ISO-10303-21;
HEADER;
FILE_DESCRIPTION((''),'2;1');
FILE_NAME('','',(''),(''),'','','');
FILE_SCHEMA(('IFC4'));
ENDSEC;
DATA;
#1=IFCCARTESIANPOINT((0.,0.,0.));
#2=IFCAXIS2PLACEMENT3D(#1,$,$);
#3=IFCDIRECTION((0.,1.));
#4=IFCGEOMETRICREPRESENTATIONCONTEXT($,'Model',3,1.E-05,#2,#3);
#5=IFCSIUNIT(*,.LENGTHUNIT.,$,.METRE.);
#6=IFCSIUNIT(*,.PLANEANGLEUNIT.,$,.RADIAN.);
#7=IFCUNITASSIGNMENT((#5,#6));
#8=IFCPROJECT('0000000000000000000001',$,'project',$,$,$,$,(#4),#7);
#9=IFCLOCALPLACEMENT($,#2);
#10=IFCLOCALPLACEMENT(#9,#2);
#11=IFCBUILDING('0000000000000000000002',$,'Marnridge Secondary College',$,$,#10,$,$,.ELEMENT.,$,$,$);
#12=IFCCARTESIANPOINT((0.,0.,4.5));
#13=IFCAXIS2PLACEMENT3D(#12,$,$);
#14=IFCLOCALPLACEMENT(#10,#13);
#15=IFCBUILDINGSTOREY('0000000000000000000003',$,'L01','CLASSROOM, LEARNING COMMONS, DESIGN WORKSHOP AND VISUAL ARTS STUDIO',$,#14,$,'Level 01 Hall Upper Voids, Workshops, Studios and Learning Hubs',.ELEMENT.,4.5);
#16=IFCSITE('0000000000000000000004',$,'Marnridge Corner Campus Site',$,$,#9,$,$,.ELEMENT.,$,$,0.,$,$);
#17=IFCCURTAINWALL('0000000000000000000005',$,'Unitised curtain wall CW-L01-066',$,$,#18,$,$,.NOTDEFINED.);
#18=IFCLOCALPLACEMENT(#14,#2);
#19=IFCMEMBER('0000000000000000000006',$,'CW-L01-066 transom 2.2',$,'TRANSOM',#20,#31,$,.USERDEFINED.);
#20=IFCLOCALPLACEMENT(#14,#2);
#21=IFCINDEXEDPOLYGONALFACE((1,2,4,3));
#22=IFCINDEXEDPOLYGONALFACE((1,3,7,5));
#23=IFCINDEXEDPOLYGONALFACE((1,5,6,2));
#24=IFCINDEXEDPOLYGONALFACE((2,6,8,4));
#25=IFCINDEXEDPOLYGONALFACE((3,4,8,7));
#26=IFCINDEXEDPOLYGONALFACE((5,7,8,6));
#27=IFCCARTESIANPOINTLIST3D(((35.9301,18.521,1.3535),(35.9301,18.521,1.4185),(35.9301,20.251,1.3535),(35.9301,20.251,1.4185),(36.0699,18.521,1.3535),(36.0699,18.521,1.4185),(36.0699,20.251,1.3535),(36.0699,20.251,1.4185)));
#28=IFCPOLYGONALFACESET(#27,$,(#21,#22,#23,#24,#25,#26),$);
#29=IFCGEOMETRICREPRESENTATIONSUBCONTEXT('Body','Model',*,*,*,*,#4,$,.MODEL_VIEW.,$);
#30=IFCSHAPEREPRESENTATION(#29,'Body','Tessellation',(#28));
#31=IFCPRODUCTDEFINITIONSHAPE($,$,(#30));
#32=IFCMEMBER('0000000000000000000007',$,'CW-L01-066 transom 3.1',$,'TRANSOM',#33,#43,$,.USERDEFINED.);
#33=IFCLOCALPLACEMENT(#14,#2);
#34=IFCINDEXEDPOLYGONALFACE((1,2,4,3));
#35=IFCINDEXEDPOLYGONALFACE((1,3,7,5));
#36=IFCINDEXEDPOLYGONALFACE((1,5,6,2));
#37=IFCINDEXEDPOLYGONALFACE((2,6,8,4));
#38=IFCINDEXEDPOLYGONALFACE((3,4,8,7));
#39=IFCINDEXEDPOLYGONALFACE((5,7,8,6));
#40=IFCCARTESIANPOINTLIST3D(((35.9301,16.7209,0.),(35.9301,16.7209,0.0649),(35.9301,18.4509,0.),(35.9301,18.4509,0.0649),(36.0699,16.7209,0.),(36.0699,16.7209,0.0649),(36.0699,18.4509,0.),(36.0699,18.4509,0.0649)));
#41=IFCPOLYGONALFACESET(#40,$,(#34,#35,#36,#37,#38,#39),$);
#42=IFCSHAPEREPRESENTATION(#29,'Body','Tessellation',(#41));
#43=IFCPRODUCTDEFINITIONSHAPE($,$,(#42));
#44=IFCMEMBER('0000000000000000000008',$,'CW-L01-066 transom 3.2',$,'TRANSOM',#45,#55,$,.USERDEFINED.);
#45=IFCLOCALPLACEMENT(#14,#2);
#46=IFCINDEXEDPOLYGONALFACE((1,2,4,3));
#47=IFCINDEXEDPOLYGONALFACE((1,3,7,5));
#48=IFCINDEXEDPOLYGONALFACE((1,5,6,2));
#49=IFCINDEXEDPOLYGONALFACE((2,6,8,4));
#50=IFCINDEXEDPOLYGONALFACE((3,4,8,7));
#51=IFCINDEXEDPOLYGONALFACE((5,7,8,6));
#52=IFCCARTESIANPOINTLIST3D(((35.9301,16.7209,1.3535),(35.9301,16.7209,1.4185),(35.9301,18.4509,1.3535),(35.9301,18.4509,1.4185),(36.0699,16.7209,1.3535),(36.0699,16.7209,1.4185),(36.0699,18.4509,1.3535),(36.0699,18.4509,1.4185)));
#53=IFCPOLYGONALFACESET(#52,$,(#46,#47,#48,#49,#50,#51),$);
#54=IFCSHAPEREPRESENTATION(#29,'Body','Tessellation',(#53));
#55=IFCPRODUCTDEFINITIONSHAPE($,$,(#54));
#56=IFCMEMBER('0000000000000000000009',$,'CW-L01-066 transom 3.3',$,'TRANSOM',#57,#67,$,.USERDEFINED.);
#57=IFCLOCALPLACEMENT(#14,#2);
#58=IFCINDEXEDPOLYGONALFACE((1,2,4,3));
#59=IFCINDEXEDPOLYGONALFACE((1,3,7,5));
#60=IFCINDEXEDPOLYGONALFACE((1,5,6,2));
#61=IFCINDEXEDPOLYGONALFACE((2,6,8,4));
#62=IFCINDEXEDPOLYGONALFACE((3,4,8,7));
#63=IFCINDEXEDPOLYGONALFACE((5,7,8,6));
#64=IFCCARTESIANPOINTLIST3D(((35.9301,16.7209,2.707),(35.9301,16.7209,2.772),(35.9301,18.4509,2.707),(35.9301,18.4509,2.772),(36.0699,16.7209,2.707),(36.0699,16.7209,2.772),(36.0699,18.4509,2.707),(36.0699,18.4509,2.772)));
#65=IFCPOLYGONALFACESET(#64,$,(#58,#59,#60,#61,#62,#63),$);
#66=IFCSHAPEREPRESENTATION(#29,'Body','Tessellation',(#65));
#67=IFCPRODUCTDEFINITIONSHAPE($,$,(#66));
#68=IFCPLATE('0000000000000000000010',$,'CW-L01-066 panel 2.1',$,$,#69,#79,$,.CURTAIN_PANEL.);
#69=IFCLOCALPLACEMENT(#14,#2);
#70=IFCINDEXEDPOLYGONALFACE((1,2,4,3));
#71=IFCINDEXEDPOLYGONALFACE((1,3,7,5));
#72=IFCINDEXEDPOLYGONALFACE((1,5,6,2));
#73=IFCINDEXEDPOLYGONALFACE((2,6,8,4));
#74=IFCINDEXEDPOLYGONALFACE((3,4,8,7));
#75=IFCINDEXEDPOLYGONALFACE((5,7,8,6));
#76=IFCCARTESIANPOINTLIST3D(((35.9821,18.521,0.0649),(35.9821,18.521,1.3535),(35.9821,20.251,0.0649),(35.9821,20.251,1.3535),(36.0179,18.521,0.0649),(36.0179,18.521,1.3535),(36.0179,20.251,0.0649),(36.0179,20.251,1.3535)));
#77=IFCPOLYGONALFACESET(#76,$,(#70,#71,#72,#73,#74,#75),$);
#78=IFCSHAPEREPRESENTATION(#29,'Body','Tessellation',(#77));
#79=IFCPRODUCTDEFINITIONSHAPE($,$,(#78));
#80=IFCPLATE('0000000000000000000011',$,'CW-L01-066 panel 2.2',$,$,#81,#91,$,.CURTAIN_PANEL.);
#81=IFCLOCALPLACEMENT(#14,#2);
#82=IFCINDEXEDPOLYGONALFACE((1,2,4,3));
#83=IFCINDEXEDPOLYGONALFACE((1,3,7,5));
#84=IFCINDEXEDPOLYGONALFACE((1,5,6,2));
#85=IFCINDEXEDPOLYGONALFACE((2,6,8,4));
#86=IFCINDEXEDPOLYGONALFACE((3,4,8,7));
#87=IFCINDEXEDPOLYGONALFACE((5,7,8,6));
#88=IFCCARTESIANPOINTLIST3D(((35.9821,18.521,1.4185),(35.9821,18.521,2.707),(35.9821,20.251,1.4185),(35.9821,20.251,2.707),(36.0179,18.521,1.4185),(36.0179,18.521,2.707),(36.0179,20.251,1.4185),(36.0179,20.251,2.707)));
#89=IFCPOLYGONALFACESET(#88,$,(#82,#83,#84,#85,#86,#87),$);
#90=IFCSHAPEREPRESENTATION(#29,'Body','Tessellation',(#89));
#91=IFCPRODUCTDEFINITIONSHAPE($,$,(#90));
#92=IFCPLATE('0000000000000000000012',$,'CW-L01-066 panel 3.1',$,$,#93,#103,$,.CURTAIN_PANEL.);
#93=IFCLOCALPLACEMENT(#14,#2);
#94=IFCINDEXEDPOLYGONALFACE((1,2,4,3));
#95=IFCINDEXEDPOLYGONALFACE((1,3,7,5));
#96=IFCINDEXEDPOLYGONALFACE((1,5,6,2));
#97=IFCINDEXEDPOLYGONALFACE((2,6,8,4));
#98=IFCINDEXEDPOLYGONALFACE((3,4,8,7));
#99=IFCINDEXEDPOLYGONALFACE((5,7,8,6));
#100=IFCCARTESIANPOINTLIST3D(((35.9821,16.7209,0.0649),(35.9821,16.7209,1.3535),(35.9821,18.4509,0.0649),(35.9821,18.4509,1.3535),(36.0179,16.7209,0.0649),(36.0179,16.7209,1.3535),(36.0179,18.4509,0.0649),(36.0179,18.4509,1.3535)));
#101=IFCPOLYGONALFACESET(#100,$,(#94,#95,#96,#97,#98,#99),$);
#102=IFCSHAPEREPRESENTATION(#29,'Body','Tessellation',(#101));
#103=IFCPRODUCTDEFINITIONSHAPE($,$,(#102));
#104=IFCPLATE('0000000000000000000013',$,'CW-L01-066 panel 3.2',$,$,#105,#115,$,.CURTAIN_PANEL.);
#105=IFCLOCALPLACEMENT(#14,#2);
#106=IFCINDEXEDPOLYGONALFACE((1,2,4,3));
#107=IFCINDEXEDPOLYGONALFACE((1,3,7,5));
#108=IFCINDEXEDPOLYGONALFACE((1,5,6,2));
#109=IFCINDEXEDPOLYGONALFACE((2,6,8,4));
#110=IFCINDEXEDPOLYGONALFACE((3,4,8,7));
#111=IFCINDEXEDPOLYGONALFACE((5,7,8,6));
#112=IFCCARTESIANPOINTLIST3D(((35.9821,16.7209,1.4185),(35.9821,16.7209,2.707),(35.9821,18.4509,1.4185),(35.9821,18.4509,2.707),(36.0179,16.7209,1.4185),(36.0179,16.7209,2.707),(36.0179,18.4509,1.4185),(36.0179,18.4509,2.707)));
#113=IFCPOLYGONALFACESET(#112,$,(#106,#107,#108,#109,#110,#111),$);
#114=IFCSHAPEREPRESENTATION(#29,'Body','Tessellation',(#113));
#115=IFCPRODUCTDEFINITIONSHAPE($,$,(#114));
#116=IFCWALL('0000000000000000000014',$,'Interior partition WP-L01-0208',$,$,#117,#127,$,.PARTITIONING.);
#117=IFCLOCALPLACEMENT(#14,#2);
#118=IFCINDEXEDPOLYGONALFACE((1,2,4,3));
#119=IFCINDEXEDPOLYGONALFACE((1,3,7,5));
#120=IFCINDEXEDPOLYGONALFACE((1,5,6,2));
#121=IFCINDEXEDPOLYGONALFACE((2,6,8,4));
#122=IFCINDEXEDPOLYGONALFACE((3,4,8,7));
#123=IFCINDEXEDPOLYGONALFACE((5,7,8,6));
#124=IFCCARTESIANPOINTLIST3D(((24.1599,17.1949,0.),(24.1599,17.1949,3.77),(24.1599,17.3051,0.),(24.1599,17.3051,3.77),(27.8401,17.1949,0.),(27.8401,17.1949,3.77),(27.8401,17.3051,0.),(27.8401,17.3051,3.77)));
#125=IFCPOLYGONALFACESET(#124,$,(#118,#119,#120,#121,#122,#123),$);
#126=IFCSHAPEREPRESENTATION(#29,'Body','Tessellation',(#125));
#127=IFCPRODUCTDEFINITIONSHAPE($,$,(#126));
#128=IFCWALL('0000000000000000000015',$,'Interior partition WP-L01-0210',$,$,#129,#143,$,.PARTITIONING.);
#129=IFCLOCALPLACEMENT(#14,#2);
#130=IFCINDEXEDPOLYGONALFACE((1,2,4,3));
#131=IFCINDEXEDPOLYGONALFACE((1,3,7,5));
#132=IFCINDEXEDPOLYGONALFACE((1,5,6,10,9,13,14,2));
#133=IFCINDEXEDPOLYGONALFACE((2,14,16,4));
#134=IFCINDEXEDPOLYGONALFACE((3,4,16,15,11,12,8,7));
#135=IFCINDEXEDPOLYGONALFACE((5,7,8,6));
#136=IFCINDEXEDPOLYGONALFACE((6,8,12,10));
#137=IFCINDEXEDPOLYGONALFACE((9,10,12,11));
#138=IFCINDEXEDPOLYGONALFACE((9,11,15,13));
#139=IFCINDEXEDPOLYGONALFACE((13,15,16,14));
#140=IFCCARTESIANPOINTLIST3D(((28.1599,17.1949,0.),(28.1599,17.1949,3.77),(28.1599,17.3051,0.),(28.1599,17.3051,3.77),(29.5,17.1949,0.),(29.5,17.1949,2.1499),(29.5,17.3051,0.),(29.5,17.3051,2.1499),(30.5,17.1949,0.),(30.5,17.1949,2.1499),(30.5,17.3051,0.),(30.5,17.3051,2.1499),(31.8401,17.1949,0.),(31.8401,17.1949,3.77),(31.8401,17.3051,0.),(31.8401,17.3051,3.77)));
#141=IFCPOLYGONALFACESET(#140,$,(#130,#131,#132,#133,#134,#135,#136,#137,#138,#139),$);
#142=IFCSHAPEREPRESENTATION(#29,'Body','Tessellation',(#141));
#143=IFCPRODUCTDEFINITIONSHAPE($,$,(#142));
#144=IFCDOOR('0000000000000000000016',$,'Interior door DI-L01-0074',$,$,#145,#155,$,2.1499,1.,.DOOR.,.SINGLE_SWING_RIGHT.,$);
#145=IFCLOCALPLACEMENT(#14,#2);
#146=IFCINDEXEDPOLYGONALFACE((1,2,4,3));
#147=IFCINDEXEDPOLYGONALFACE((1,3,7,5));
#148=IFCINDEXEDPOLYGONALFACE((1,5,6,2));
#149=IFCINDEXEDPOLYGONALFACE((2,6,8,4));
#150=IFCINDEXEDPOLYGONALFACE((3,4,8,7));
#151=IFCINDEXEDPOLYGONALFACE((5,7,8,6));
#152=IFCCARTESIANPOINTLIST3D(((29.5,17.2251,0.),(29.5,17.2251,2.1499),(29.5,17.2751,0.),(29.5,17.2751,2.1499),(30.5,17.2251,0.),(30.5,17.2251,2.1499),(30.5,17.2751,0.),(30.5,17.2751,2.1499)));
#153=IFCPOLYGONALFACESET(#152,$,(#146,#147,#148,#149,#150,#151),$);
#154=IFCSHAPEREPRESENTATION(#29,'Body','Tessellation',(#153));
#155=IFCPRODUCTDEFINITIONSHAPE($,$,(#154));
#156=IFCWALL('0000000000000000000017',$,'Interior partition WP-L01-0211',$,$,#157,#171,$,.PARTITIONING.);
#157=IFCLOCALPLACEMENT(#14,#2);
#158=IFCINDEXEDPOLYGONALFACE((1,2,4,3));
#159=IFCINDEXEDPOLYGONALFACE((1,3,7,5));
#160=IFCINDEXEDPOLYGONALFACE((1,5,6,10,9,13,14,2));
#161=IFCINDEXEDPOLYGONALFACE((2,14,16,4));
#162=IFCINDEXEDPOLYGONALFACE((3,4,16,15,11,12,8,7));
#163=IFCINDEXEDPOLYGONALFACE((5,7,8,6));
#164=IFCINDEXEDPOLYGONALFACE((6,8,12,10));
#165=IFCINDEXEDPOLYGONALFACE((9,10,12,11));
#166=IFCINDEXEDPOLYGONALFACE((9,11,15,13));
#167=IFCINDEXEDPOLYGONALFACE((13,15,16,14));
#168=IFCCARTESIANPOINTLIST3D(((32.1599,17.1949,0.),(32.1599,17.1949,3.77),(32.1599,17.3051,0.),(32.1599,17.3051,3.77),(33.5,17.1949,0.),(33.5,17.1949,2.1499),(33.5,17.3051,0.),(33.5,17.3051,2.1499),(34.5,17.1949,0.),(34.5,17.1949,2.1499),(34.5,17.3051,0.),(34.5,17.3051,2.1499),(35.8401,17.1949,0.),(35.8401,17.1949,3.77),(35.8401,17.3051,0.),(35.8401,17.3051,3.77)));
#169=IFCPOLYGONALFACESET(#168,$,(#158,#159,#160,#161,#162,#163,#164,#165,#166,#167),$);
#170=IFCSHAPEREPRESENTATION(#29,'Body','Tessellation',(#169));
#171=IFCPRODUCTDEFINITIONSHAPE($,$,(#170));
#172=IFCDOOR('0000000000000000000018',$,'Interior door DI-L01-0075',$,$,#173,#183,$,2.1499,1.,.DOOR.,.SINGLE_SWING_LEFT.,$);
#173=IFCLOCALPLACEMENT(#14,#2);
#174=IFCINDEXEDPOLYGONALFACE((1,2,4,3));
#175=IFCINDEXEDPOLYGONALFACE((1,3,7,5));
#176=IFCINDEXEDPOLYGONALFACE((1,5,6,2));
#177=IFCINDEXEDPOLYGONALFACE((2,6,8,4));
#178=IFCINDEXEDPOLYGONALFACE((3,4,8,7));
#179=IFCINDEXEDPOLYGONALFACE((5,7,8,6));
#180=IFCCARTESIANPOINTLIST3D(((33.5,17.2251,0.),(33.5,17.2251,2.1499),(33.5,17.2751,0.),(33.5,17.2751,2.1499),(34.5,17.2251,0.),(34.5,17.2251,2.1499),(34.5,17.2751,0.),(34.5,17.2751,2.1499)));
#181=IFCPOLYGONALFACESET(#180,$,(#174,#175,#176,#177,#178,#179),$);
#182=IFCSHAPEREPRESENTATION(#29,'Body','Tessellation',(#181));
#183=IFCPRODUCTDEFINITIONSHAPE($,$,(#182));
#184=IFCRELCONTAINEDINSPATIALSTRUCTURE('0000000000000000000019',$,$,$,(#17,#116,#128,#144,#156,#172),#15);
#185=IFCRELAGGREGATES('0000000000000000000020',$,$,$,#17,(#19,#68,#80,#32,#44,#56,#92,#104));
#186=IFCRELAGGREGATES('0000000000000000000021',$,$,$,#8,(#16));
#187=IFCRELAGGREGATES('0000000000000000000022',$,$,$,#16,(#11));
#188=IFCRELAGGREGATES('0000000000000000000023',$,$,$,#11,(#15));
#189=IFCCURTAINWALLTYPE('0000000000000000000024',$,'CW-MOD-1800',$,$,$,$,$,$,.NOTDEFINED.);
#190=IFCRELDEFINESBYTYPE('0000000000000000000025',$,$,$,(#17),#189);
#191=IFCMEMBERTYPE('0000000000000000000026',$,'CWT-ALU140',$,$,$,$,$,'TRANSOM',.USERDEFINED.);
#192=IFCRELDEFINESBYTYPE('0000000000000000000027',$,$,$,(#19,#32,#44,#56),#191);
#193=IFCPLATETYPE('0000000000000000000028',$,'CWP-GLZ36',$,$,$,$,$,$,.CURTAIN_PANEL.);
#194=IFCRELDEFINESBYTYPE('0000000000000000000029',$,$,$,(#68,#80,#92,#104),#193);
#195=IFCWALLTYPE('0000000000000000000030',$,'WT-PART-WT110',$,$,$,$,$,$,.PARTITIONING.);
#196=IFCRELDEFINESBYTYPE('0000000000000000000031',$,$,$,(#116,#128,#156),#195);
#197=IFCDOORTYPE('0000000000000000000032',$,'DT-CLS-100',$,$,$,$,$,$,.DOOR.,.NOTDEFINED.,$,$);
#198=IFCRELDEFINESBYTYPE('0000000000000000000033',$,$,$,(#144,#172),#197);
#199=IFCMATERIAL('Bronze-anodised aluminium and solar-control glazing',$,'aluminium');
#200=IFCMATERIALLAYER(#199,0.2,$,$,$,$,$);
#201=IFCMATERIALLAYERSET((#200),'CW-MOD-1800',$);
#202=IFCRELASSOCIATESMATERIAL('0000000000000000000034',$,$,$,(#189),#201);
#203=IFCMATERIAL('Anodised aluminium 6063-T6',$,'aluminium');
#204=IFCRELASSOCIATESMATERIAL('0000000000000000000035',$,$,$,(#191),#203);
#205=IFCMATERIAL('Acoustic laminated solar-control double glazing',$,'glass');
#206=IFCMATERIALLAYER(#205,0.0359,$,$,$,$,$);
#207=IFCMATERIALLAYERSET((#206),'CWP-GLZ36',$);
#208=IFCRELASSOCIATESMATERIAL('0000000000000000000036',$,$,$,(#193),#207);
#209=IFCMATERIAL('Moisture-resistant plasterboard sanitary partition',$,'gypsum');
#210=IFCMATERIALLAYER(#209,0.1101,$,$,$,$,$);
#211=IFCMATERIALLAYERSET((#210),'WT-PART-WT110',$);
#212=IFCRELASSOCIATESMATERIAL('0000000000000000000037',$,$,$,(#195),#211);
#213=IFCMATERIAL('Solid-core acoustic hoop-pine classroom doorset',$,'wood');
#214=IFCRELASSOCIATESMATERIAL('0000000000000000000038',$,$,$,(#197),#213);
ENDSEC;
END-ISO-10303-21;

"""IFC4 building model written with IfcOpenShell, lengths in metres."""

from ifc_helpers import new_model, si_unit, direction, frame, frame_2d, origin, origin_2d, place, context, subcontext, project, spatial, rectangle, extrude, material, layer, layer_set, material_profile, profile_set, type_object, element, fill, aggregate, save


model = new_model("IFC4")

# Units and contexts
model_context = context("Model", 3, precision=1e-05, world=origin(), true_north=direction((0.0, 1.0)))
body_context = subcontext(model_context, "Body", "Model", "MODEL_VIEW")
ifc_project = project(units=[si_unit("LENGTHUNIT", "METRE"), si_unit("PLANEANGLEUNIT", "RADIAN")], contexts=[model_context])

# Site, building, storey
site_placement = place(None, origin())
site = spatial("IfcSite", under=ifc_project, at=site_placement, Name="Marnridge Corner Campus Site", CompositionType="ELEMENT", RefElevation=0.0)
building_placement = place(site_placement, origin())
building = spatial("IfcBuilding", under=site, at=building_placement, Name="Marnridge Secondary College", CompositionType="ELEMENT")
storey_placement = place(building_placement, frame((0.0, 0.0, 4.5)))
storey = spatial("IfcBuildingStorey", under=building, at=storey_placement, Name="L01", Description="CLASSROOM, LEARNING COMMONS, DESIGN WORKSHOP AND VISUAL ARTS STUDIO", LongName="Level 01 Hall Upper Voids, Workshops, Studios and Learning Hubs", CompositionType="ELEMENT", Elevation=4.5)

# Curtain wall, members, plates
ifc_material_1 = material(Name="Bronze-anodised aluminium and solar-control glazing", Category="aluminium")
ifc_layer_1 = layer(ifc_material_1, 0.2)
ifc_layer_set_1 = layer_set([ifc_layer_1], Name="CW-MOD-1800")
curtain_wall_type = type_object("IfcCurtainWallType", Name="CW-MOD-1800", PredefinedType="NOTDEFINED", material=ifc_layer_set_1)
curtain_wall_placement = place(storey_placement, origin())
curtain_wall = element("IfcCurtainWall", 1, at=curtain_wall_placement, inside=storey, type_object=curtain_wall_type, Name="Unitised curtain wall CW-L01-066", PredefinedType="NOTDEFINED")
ifc_material_2 = material(Name="Anodised aluminium 6063-T6", Category="aluminium")
ifc_material_profile_1 = material_profile(ifc_material_2, rectangle(XDim=0.0649, YDim=0.1399, at=origin_2d()), Name="ALU 65x140")
ifc_profile_set_1 = profile_set([ifc_material_profile_1], Name="Anodised aluminium 6063-T6")
member_type_1 = type_object("IfcMemberType", Name="CWT-ALU140", ElementType="TRANSOM", PredefinedType="USERDEFINED", material=ifc_profile_set_1)
member_1_placement = place(storey_placement, frame((36.0, 20.251, 1.386), z_axis=(0.0, -1.0, 0.0), x_axis=(0.0, 0.0, 1.0)))
member_1 = element("IfcMember", 2, at=member_1_placement, type_object=member_type_1, Name="CW-L01-066 transom 2.2", ObjectType="TRANSOM", PredefinedType="USERDEFINED", context=body_context, shape_type="SweptSolid", body=[
    extrude(rectangle(XDim=0.0649, YDim=0.1399, at=origin_2d()), origin(), (0.0, 0.0, 1.0), 1.73),
])
member_2_placement = place(storey_placement, frame((36.0, 18.4509, 0.0325), z_axis=(0.0, -1.0, 0.0), x_axis=(0.0, 0.0, 1.0)))
member_2 = element("IfcMember", 3, at=member_2_placement, type_object=member_type_1, Name="CW-L01-066 transom 3.1", ObjectType="TRANSOM", PredefinedType="USERDEFINED", context=body_context, shape_type="SweptSolid", body=[
    extrude(rectangle(XDim=0.0649, YDim=0.1399, at=origin_2d()), origin(), (0.0, 0.0, 1.0), 1.73),
])
member_3_placement = place(storey_placement, frame((36.0, 18.4509, 1.386), z_axis=(0.0, -1.0, 0.0), x_axis=(0.0, 0.0, 1.0)))
member_3 = element("IfcMember", 4, at=member_3_placement, type_object=member_type_1, Name="CW-L01-066 transom 3.2", ObjectType="TRANSOM", PredefinedType="USERDEFINED", context=body_context, shape_type="SweptSolid", body=[
    extrude(rectangle(XDim=0.0649, YDim=0.1399, at=origin_2d()), origin(), (0.0, 0.0, 1.0), 1.73),
])
member_4_placement = place(storey_placement, frame((36.0, 18.4509, 2.7395), z_axis=(0.0, -1.0, 0.0), x_axis=(0.0, 0.0, 1.0)))
member_4 = element("IfcMember", 5, at=member_4_placement, type_object=member_type_1, Name="CW-L01-066 transom 3.3", ObjectType="TRANSOM", PredefinedType="USERDEFINED", context=body_context, shape_type="SweptSolid", body=[
    extrude(rectangle(XDim=0.0649, YDim=0.1399, at=origin_2d()), origin(), (0.0, 0.0, 1.0), 1.73),
])
ifc_material_3 = material(Name="Acoustic laminated solar-control double glazing", Category="glass")
ifc_layer_2 = layer(ifc_material_3, 0.0359)
ifc_layer_set_2 = layer_set([ifc_layer_2], Name="CWP-GLZ36")
plate_type = type_object("IfcPlateType", Name="CWP-GLZ36", PredefinedType="CURTAIN_PANEL", material=ifc_layer_set_2)
plate_1_placement = place(storey_placement, frame((36.0, 19.386, 0.0649), z_axis=(0.0, 0.0, 1.0), x_axis=(0.0, -1.0, 0.0)))
plate_1 = element("IfcPlate", 6, at=plate_1_placement, type_object=plate_type, Name="CW-L01-066 panel 2.1", PredefinedType="CURTAIN_PANEL", context=body_context, shape_type="SweptSolid", body=[
    extrude(rectangle(XDim=1.73, YDim=0.0359, at=origin_2d()), origin(), (0.0, 0.0, 1.0), 1.2886),
])
plate_2_placement = place(storey_placement, frame((36.0, 19.386, 1.4185), z_axis=(0.0, 0.0, 1.0), x_axis=(0.0, -1.0, 0.0)))
plate_2 = element("IfcPlate", 7, at=plate_2_placement, type_object=plate_type, Name="CW-L01-066 panel 2.2", PredefinedType="CURTAIN_PANEL", context=body_context, shape_type="SweptSolid", body=[
    extrude(rectangle(XDim=1.73, YDim=0.0359, at=origin_2d()), origin(), (0.0, 0.0, 1.0), 1.2886),
])
plate_3_placement = place(storey_placement, frame((36.0, 17.5859, 0.0649), z_axis=(0.0, 0.0, 1.0), x_axis=(0.0, -1.0, 0.0)))
plate_3 = element("IfcPlate", 8, at=plate_3_placement, type_object=plate_type, Name="CW-L01-066 panel 3.1", PredefinedType="CURTAIN_PANEL", context=body_context, shape_type="SweptSolid", body=[
    extrude(rectangle(XDim=1.73, YDim=0.0359, at=origin_2d()), origin(), (0.0, 0.0, 1.0), 1.2886),
])
plate_4_placement = place(storey_placement, frame((36.0, 17.5859, 1.4185), z_axis=(0.0, 0.0, 1.0), x_axis=(0.0, -1.0, 0.0)))
plate_4 = element("IfcPlate", 9, at=plate_4_placement, type_object=plate_type, Name="CW-L01-066 panel 3.2", PredefinedType="CURTAIN_PANEL", context=body_context, shape_type="SweptSolid", body=[
    extrude(rectangle(XDim=1.73, YDim=0.0359, at=origin_2d()), origin(), (0.0, 0.0, 1.0), 1.2886),
])
aggregate(curtain_wall, [member_1, plate_1, plate_2, member_2, member_3, member_4, plate_3, plate_4])

# Wall
ifc_material_4 = material(Name="Moisture-resistant plasterboard sanitary partition", Category="gypsum")
ifc_layer_3 = layer(ifc_material_4, 0.1101)
ifc_layer_set_3 = layer_set([ifc_layer_3], Name="WT-PART-WT110")
wall_type = type_object("IfcWallType", Name="WT-PART-WT110", PredefinedType="PARTITIONING", material=ifc_layer_set_3)
wall_1_placement = place(storey_placement, frame((27.8401, 17.25, 0.0), z_axis=(0.0, 0.0, 1.0), x_axis=(-1.0, 0.0, 0.0)))
element("IfcWall", 10, at=wall_1_placement, inside=storey, type_object=wall_type, Name="Interior partition WP-L01-0208", PredefinedType="PARTITIONING", context=body_context, shape_type="SweptSolid", body=[
    extrude(rectangle(XDim=3.6802, YDim=0.1101, at=frame_2d((1.8401, 0.0))), origin(), (0.0, 0.0, 1.0), 3.77),
])

# Walls, openings, doors
wall_2_placement = place(storey_placement, frame((31.8401, 17.25, 0.0), z_axis=(0.0, 0.0, 1.0), x_axis=(-1.0, 0.0, 0.0)))
wall_2 = element("IfcWall", 11, at=wall_2_placement, inside=storey, type_object=wall_type, Name="Interior partition WP-L01-0210", PredefinedType="PARTITIONING", context=body_context, shape_type="SweptSolid", body=[
    extrude(rectangle(XDim=3.6802, YDim=0.1101, at=frame_2d((1.8401, 0.0))), origin(), (0.0, 0.0, 1.0), 3.77),
])
opening_1_placement = place(wall_2_placement, frame((1.3401, 0.0, 0.0)))
opening_1 = element("IfcOpeningElement", 12, at=opening_1_placement, cuts=wall_2, PredefinedType="OPENING", context=body_context, shape_type="SweptSolid", body=[
    extrude(rectangle(XDim=1.0, YDim=2.1499, at=frame_2d((0.5, 1.075))), frame((0.0, 0.0649, 0.0), z_axis=(0.0, -1.0, 0.0), x_axis=(1.0, 0.0, 0.0)), (0.0, 0.0, 1.0), 0.1301),
])
ifc_material_5 = material(Name="Solid-core acoustic hoop-pine classroom doorset", Category="wood")
door_type = type_object("IfcDoorType", Name="DT-CLS-100", OperationType="NOTDEFINED", PredefinedType="DOOR", material=ifc_material_5)
door_1_placement = place(opening_1_placement, origin())
door_1 = element("IfcDoor", 13, at=door_1_placement, inside=storey, type_object=door_type, Name="Interior door DI-L01-0074", OperationType="SINGLE_SWING_RIGHT", OverallHeight=2.1499, OverallWidth=1.0, PredefinedType="DOOR", context=body_context, shape_type="SweptSolid", body=[
    extrude(rectangle(XDim=1.0, YDim=2.1499, at=frame_2d((0.5, 1.075))), frame((0.0, 0.0249, 0.0), z_axis=(0.0, -1.0, 0.0), x_axis=(1.0, 0.0, 0.0)), (0.0, 0.0, 1.0), 0.05),
])
fill(opening_1, door_1)
wall_3_placement = place(storey_placement, frame((35.8401, 17.25, 0.0), z_axis=(0.0, 0.0, 1.0), x_axis=(-1.0, 0.0, 0.0)))
wall_3 = element("IfcWall", 14, at=wall_3_placement, inside=storey, type_object=wall_type, Name="Interior partition WP-L01-0211", PredefinedType="PARTITIONING", context=body_context, shape_type="SweptSolid", body=[
    extrude(rectangle(XDim=3.6802, YDim=0.1101, at=frame_2d((1.8401, 0.0))), origin(), (0.0, 0.0, 1.0), 3.77),
])
opening_2_placement = place(wall_3_placement, frame((1.3401, 0.0, 0.0)))
opening_2 = element("IfcOpeningElement", 15, at=opening_2_placement, cuts=wall_3, PredefinedType="OPENING", context=body_context, shape_type="SweptSolid", body=[
    extrude(rectangle(XDim=1.0, YDim=2.1499, at=frame_2d((0.5, 1.075))), frame((0.0, 0.0649, 0.0), z_axis=(0.0, -1.0, 0.0), x_axis=(1.0, 0.0, 0.0)), (0.0, 0.0, 1.0), 0.1301),
])
door_2_placement = place(opening_2_placement, origin())
door_2 = element("IfcDoor", 16, at=door_2_placement, inside=storey, type_object=door_type, Name="Interior door DI-L01-0075", OperationType="SINGLE_SWING_LEFT", OverallHeight=2.1499, OverallWidth=1.0, PredefinedType="DOOR", context=body_context, shape_type="SweptSolid", body=[
    extrude(rectangle(XDim=1.0, YDim=2.1499, at=frame_2d((0.5, 1.075))), frame((0.0, 0.0249, 0.0), z_axis=(0.0, -1.0, 0.0), x_axis=(1.0, 0.0, 0.0)), (0.0, 0.0, 1.0), 0.05),
])
fill(opening_2, door_2)

save(model, "model.ifc")
